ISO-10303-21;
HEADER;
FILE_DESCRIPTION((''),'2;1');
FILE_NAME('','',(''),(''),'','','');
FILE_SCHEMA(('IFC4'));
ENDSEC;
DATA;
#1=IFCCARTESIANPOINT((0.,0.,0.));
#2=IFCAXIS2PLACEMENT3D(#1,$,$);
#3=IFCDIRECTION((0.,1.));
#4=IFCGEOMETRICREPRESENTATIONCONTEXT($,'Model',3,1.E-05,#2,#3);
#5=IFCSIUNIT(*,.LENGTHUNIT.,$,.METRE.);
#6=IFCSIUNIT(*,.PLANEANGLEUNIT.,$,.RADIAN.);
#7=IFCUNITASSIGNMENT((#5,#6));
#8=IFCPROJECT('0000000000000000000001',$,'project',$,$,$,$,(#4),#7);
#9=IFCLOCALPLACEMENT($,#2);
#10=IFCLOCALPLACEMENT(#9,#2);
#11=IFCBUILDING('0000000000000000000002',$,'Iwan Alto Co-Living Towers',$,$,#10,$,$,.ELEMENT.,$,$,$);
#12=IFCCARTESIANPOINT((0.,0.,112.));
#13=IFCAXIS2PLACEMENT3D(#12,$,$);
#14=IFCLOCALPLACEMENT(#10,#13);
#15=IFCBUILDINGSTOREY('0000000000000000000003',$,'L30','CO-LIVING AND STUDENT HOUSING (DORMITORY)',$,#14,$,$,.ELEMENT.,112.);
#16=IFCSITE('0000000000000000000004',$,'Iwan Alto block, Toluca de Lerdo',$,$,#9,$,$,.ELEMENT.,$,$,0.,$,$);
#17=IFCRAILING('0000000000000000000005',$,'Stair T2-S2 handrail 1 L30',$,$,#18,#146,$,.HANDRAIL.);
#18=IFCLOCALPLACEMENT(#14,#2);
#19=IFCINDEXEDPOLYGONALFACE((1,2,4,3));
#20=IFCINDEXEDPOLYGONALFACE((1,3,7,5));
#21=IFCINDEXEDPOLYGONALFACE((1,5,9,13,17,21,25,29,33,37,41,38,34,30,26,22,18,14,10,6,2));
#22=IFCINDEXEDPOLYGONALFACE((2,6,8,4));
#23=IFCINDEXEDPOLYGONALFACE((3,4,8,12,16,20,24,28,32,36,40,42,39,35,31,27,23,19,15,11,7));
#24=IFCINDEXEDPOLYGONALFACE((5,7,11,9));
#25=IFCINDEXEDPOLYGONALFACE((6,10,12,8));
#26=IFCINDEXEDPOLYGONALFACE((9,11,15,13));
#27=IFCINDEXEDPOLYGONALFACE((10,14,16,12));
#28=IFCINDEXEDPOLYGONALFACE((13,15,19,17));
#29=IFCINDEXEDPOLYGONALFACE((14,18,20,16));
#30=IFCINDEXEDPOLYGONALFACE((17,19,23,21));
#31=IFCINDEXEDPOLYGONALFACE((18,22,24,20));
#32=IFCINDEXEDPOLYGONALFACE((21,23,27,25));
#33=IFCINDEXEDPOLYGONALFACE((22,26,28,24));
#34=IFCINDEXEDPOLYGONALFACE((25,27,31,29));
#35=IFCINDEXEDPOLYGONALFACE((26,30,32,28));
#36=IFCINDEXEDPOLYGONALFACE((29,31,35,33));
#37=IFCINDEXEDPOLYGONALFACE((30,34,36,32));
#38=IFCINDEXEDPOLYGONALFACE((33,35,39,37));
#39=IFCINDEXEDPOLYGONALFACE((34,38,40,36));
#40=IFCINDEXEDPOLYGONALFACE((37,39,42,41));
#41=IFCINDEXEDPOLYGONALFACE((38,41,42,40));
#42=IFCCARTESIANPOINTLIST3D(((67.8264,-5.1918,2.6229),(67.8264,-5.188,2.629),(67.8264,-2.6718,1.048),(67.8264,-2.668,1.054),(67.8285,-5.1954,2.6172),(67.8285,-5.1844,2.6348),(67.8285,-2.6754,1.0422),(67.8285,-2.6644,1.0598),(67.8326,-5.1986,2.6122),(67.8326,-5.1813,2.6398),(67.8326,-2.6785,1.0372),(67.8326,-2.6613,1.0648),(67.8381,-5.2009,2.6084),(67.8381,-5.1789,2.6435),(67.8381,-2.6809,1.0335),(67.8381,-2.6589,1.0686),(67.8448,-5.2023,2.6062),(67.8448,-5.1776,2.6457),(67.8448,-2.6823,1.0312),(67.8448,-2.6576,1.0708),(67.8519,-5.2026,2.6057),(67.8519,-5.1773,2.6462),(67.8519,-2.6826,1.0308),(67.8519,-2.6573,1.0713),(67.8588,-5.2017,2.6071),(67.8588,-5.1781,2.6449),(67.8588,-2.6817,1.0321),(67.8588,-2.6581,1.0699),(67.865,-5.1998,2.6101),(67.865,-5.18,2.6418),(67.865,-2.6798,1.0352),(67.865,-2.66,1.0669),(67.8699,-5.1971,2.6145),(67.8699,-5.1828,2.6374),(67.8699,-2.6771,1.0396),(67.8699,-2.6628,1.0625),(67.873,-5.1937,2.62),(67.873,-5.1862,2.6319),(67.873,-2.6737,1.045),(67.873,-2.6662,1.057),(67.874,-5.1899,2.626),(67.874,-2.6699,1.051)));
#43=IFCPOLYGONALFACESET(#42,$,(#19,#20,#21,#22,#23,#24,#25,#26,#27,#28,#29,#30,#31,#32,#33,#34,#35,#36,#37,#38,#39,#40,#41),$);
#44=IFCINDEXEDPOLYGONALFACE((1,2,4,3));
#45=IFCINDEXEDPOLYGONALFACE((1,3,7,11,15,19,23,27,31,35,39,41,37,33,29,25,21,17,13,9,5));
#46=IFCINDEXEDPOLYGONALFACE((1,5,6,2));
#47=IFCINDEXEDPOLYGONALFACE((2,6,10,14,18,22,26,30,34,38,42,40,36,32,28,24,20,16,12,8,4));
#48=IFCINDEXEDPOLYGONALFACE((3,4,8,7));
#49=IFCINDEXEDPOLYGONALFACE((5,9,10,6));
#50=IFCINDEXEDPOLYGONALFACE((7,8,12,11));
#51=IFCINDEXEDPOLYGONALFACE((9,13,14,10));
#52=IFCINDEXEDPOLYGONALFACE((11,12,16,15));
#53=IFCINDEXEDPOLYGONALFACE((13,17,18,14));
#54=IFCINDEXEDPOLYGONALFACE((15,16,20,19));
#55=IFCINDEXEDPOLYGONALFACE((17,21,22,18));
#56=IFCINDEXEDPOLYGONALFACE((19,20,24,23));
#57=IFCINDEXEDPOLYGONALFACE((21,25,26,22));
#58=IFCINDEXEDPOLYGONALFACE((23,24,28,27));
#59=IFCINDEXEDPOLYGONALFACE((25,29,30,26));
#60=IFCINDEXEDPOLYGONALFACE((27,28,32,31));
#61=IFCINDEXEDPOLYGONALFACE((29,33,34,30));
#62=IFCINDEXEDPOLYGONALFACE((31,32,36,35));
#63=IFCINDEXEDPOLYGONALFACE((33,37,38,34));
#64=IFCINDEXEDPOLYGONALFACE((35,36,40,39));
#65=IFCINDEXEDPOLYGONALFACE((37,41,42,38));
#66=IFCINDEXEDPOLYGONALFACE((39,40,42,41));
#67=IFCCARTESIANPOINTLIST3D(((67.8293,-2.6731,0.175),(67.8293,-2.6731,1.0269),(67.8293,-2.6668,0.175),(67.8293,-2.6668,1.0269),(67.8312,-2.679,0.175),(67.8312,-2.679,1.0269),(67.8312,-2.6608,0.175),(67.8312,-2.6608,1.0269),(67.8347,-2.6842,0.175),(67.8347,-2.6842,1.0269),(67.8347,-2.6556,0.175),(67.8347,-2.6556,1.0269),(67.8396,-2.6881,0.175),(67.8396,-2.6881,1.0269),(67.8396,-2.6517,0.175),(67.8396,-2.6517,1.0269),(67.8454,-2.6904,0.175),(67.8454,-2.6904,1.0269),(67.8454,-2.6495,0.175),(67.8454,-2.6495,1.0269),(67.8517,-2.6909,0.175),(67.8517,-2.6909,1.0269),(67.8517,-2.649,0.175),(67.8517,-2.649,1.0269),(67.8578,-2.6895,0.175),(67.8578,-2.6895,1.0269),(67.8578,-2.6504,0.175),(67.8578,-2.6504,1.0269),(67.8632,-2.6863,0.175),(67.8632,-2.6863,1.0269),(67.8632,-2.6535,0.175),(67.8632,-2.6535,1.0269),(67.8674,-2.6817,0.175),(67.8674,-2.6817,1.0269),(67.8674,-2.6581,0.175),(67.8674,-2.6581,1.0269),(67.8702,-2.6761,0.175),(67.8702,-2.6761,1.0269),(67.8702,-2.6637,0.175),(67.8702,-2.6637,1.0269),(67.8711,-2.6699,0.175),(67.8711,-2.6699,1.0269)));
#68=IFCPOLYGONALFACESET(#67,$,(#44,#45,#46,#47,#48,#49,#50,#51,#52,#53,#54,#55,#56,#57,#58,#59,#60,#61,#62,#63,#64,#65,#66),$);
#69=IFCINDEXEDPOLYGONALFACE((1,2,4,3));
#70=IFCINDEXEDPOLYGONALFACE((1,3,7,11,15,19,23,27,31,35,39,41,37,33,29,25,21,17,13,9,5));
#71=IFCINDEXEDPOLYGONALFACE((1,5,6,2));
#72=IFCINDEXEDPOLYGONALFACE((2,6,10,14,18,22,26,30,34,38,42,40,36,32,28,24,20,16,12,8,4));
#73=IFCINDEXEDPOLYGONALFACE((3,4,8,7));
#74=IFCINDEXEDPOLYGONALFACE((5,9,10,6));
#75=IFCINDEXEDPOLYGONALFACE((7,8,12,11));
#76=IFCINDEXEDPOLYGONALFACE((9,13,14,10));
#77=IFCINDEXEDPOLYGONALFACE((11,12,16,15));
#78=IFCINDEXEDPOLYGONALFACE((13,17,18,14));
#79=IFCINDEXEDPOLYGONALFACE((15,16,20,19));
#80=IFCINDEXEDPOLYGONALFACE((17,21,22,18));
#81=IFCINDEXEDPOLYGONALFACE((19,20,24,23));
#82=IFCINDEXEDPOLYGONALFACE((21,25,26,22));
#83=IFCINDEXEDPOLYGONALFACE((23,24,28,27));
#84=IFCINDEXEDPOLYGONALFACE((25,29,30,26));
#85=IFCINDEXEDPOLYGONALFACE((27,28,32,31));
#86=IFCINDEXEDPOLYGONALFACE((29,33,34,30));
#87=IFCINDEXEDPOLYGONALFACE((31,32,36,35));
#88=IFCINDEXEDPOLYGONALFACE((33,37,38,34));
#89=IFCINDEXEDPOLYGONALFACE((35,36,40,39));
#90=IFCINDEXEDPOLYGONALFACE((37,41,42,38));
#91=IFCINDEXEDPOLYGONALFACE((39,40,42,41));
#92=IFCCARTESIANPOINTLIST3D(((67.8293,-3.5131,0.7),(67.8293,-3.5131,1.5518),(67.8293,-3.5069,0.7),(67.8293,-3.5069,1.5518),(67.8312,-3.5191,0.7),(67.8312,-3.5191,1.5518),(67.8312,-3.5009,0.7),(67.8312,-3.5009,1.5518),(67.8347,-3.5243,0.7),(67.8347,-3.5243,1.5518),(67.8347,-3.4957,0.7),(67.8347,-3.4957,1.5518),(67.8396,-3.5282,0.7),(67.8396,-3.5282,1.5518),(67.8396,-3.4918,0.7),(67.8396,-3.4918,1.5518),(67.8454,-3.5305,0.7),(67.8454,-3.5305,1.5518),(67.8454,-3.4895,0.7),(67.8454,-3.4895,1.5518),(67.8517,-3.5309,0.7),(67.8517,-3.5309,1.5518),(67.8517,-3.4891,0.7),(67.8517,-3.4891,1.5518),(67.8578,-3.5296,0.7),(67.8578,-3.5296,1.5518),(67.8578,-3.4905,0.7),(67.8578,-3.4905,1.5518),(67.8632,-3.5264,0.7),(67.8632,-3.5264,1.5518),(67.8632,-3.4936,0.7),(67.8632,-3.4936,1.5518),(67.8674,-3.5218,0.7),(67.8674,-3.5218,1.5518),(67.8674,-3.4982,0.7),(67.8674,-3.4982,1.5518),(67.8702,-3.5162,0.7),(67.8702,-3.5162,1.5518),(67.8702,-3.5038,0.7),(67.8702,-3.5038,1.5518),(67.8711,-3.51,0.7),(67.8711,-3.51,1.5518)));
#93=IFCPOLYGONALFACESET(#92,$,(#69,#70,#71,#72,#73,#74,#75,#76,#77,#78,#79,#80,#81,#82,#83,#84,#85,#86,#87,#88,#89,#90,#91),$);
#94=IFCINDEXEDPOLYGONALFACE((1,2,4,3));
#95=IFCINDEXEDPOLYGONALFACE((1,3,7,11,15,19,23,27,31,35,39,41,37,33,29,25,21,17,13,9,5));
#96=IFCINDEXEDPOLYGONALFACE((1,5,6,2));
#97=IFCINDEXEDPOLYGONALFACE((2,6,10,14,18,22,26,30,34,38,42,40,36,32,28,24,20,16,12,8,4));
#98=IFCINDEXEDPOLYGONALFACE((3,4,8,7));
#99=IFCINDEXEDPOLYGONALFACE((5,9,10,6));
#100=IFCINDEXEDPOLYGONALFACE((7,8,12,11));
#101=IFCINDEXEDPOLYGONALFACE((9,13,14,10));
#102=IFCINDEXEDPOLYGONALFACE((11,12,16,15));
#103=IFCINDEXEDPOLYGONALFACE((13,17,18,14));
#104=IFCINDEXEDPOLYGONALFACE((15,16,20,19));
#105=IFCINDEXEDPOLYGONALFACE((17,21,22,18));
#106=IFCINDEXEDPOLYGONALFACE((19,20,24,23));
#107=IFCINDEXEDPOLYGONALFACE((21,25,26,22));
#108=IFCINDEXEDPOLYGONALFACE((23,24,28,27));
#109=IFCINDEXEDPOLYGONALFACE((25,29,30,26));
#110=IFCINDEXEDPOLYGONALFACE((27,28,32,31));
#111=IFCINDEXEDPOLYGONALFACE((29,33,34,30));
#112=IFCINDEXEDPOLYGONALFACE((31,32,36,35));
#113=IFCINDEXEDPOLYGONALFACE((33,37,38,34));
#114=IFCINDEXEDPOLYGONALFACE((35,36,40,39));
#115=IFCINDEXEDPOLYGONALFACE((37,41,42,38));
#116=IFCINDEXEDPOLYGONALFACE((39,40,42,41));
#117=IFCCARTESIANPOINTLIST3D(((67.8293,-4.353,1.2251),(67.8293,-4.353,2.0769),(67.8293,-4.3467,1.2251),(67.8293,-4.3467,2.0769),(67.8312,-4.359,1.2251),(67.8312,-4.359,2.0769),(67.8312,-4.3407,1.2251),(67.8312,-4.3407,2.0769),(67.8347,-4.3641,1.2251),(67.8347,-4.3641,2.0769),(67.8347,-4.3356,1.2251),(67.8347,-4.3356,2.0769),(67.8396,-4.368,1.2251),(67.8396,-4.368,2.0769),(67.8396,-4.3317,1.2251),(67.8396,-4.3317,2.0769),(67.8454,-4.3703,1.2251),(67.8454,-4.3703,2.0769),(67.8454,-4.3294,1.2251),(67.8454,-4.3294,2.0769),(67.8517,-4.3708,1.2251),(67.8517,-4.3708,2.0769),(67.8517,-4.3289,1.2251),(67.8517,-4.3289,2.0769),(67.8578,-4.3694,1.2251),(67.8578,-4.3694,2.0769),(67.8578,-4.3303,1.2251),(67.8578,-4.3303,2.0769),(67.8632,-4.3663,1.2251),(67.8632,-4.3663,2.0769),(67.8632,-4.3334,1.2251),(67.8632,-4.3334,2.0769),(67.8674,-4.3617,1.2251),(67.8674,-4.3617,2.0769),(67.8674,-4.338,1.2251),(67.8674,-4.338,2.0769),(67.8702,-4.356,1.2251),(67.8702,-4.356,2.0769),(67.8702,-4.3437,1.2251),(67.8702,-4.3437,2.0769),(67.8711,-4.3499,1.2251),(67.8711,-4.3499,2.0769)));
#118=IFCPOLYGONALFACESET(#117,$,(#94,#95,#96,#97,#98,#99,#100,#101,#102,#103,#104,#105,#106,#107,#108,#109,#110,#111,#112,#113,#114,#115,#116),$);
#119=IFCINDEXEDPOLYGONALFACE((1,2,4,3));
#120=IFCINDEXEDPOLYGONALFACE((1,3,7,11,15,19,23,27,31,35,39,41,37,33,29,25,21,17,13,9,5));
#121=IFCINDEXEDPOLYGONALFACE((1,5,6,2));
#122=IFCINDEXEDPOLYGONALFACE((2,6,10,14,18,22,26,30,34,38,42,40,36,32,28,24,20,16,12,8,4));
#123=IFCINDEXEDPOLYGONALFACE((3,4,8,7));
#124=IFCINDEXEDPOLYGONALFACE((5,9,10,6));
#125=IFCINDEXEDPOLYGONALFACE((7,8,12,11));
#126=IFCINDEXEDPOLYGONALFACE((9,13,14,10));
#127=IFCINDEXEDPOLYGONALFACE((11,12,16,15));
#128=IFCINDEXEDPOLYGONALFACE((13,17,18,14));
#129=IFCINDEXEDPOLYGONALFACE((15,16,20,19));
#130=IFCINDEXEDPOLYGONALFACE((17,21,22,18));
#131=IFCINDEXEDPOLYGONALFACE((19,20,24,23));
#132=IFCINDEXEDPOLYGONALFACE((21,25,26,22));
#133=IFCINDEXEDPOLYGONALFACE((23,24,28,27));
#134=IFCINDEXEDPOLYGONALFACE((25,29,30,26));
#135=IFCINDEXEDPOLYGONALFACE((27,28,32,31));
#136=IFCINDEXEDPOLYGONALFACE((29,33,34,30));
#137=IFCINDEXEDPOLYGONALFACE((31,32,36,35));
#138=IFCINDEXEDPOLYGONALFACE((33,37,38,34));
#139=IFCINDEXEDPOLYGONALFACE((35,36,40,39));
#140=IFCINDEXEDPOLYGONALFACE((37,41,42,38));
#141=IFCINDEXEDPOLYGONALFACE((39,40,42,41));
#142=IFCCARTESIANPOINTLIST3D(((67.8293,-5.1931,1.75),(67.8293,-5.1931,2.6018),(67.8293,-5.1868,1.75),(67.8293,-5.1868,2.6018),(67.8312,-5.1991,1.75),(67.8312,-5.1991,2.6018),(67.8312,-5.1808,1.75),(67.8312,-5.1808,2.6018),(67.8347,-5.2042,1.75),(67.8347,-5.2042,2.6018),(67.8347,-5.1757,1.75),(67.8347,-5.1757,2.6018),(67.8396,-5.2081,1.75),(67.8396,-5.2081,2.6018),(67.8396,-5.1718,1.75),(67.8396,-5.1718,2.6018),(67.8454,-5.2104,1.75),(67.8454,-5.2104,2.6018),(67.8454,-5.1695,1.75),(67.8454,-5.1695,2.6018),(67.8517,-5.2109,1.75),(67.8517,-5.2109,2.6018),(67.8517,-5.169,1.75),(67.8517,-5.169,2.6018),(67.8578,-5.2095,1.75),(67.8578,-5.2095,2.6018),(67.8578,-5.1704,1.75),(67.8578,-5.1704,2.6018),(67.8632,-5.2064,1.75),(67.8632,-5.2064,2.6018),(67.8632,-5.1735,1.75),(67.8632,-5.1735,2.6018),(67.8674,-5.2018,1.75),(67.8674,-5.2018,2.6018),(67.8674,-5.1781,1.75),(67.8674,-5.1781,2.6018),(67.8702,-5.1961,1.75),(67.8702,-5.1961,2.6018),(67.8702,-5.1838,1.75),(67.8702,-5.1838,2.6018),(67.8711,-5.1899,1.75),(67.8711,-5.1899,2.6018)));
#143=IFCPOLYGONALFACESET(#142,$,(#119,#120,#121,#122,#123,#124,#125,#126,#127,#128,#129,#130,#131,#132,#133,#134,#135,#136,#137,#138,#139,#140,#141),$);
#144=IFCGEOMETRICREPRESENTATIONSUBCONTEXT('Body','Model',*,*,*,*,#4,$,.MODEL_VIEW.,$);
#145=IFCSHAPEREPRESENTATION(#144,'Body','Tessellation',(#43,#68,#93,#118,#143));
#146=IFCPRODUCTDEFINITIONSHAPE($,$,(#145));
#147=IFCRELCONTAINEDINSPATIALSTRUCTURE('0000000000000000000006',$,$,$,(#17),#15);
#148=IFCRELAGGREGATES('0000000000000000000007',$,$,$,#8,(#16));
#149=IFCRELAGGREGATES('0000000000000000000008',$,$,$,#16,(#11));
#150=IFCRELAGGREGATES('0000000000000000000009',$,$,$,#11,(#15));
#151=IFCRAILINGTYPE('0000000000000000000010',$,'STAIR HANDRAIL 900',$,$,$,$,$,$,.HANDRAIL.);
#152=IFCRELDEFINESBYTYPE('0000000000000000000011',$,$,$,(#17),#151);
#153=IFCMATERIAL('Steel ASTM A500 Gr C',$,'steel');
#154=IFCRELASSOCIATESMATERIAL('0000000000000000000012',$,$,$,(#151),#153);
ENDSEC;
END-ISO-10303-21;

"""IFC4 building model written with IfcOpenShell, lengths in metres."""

from ifc_helpers import new_model, si_unit, direction, frame, origin, origin_2d, place, context, subcontext, project, spatial, circle, extrude, material, type_object, element, save


model = new_model("IFC4")

# Units and contexts
model_context = context("Model", 3, precision=1e-05, world=origin(), true_north=direction((0.0, 1.0)))
body_context = subcontext(model_context, "Body", "Model", "MODEL_VIEW")
ifc_project = project(units=[si_unit("LENGTHUNIT", "METRE"), si_unit("PLANEANGLEUNIT", "RADIAN")], contexts=[model_context])

# Site, building, storey
site_placement = place(None, origin())
site = spatial("IfcSite", under=ifc_project, at=site_placement, Name="Iwan Alto block, Toluca de Lerdo", CompositionType="ELEMENT", RefElevation=0.0)
building_placement = place(site_placement, origin())
building = spatial("IfcBuilding", under=site, at=building_placement, Name="Iwan Alto Co-Living Towers", CompositionType="ELEMENT")
storey_placement = place(building_placement, frame((0.0, 0.0, 112.0)))
storey = spatial("IfcBuildingStorey", under=building, at=storey_placement, Name="L30", Description="CO-LIVING AND STUDENT HOUSING (DORMITORY)", CompositionType="ELEMENT", Elevation=112.0)

# Railing
ifc_material_1 = material(Name="Steel ASTM A500 Gr C", Category="steel")
railing_type_1 = type_object("IfcRailingType", Name="STAIR HANDRAIL 900", PredefinedType="HANDRAIL", material=ifc_material_1)
railing_1_placement = place(storey_placement, frame((67.8501, -2.6699, 0.175)))
element("IfcRailing", 1, at=railing_1_placement, inside=storey, type_object=railing_type_1, Name="Stair T2-S2 handrail 1 L30", PredefinedType="HANDRAIL", context=body_context, shape_type="SweptSolid", body=[
    extrude(circle(Radius=0.0239, at=origin_2d()), frame((0.0, 0.0, 0.876), z_axis=(0.0, -0.848008, 0.529984), x_axis=(1.0, 0.0, 0.0)), (0.0, 0.0, 1.0), 2.9717),
    extrude(circle(Radius=0.021, at=origin_2d()), origin(), (0.0, 0.0, 1.0), 0.8518),
    extrude(circle(Radius=0.021, at=origin_2d()), frame((0.0, -0.8401, 0.5249)), (0.0, 0.0, 1.0), 0.8518),
    extrude(circle(Radius=0.021, at=origin_2d()), frame((0.0, -1.6799, 1.05)), (0.0, 0.0, 1.0), 0.8518),
    extrude(circle(Radius=0.021, at=origin_2d()), frame((0.0, -2.52, 1.575)), (0.0, 0.0, 1.0), 0.8518),
])

save(model, "model.ifc")
